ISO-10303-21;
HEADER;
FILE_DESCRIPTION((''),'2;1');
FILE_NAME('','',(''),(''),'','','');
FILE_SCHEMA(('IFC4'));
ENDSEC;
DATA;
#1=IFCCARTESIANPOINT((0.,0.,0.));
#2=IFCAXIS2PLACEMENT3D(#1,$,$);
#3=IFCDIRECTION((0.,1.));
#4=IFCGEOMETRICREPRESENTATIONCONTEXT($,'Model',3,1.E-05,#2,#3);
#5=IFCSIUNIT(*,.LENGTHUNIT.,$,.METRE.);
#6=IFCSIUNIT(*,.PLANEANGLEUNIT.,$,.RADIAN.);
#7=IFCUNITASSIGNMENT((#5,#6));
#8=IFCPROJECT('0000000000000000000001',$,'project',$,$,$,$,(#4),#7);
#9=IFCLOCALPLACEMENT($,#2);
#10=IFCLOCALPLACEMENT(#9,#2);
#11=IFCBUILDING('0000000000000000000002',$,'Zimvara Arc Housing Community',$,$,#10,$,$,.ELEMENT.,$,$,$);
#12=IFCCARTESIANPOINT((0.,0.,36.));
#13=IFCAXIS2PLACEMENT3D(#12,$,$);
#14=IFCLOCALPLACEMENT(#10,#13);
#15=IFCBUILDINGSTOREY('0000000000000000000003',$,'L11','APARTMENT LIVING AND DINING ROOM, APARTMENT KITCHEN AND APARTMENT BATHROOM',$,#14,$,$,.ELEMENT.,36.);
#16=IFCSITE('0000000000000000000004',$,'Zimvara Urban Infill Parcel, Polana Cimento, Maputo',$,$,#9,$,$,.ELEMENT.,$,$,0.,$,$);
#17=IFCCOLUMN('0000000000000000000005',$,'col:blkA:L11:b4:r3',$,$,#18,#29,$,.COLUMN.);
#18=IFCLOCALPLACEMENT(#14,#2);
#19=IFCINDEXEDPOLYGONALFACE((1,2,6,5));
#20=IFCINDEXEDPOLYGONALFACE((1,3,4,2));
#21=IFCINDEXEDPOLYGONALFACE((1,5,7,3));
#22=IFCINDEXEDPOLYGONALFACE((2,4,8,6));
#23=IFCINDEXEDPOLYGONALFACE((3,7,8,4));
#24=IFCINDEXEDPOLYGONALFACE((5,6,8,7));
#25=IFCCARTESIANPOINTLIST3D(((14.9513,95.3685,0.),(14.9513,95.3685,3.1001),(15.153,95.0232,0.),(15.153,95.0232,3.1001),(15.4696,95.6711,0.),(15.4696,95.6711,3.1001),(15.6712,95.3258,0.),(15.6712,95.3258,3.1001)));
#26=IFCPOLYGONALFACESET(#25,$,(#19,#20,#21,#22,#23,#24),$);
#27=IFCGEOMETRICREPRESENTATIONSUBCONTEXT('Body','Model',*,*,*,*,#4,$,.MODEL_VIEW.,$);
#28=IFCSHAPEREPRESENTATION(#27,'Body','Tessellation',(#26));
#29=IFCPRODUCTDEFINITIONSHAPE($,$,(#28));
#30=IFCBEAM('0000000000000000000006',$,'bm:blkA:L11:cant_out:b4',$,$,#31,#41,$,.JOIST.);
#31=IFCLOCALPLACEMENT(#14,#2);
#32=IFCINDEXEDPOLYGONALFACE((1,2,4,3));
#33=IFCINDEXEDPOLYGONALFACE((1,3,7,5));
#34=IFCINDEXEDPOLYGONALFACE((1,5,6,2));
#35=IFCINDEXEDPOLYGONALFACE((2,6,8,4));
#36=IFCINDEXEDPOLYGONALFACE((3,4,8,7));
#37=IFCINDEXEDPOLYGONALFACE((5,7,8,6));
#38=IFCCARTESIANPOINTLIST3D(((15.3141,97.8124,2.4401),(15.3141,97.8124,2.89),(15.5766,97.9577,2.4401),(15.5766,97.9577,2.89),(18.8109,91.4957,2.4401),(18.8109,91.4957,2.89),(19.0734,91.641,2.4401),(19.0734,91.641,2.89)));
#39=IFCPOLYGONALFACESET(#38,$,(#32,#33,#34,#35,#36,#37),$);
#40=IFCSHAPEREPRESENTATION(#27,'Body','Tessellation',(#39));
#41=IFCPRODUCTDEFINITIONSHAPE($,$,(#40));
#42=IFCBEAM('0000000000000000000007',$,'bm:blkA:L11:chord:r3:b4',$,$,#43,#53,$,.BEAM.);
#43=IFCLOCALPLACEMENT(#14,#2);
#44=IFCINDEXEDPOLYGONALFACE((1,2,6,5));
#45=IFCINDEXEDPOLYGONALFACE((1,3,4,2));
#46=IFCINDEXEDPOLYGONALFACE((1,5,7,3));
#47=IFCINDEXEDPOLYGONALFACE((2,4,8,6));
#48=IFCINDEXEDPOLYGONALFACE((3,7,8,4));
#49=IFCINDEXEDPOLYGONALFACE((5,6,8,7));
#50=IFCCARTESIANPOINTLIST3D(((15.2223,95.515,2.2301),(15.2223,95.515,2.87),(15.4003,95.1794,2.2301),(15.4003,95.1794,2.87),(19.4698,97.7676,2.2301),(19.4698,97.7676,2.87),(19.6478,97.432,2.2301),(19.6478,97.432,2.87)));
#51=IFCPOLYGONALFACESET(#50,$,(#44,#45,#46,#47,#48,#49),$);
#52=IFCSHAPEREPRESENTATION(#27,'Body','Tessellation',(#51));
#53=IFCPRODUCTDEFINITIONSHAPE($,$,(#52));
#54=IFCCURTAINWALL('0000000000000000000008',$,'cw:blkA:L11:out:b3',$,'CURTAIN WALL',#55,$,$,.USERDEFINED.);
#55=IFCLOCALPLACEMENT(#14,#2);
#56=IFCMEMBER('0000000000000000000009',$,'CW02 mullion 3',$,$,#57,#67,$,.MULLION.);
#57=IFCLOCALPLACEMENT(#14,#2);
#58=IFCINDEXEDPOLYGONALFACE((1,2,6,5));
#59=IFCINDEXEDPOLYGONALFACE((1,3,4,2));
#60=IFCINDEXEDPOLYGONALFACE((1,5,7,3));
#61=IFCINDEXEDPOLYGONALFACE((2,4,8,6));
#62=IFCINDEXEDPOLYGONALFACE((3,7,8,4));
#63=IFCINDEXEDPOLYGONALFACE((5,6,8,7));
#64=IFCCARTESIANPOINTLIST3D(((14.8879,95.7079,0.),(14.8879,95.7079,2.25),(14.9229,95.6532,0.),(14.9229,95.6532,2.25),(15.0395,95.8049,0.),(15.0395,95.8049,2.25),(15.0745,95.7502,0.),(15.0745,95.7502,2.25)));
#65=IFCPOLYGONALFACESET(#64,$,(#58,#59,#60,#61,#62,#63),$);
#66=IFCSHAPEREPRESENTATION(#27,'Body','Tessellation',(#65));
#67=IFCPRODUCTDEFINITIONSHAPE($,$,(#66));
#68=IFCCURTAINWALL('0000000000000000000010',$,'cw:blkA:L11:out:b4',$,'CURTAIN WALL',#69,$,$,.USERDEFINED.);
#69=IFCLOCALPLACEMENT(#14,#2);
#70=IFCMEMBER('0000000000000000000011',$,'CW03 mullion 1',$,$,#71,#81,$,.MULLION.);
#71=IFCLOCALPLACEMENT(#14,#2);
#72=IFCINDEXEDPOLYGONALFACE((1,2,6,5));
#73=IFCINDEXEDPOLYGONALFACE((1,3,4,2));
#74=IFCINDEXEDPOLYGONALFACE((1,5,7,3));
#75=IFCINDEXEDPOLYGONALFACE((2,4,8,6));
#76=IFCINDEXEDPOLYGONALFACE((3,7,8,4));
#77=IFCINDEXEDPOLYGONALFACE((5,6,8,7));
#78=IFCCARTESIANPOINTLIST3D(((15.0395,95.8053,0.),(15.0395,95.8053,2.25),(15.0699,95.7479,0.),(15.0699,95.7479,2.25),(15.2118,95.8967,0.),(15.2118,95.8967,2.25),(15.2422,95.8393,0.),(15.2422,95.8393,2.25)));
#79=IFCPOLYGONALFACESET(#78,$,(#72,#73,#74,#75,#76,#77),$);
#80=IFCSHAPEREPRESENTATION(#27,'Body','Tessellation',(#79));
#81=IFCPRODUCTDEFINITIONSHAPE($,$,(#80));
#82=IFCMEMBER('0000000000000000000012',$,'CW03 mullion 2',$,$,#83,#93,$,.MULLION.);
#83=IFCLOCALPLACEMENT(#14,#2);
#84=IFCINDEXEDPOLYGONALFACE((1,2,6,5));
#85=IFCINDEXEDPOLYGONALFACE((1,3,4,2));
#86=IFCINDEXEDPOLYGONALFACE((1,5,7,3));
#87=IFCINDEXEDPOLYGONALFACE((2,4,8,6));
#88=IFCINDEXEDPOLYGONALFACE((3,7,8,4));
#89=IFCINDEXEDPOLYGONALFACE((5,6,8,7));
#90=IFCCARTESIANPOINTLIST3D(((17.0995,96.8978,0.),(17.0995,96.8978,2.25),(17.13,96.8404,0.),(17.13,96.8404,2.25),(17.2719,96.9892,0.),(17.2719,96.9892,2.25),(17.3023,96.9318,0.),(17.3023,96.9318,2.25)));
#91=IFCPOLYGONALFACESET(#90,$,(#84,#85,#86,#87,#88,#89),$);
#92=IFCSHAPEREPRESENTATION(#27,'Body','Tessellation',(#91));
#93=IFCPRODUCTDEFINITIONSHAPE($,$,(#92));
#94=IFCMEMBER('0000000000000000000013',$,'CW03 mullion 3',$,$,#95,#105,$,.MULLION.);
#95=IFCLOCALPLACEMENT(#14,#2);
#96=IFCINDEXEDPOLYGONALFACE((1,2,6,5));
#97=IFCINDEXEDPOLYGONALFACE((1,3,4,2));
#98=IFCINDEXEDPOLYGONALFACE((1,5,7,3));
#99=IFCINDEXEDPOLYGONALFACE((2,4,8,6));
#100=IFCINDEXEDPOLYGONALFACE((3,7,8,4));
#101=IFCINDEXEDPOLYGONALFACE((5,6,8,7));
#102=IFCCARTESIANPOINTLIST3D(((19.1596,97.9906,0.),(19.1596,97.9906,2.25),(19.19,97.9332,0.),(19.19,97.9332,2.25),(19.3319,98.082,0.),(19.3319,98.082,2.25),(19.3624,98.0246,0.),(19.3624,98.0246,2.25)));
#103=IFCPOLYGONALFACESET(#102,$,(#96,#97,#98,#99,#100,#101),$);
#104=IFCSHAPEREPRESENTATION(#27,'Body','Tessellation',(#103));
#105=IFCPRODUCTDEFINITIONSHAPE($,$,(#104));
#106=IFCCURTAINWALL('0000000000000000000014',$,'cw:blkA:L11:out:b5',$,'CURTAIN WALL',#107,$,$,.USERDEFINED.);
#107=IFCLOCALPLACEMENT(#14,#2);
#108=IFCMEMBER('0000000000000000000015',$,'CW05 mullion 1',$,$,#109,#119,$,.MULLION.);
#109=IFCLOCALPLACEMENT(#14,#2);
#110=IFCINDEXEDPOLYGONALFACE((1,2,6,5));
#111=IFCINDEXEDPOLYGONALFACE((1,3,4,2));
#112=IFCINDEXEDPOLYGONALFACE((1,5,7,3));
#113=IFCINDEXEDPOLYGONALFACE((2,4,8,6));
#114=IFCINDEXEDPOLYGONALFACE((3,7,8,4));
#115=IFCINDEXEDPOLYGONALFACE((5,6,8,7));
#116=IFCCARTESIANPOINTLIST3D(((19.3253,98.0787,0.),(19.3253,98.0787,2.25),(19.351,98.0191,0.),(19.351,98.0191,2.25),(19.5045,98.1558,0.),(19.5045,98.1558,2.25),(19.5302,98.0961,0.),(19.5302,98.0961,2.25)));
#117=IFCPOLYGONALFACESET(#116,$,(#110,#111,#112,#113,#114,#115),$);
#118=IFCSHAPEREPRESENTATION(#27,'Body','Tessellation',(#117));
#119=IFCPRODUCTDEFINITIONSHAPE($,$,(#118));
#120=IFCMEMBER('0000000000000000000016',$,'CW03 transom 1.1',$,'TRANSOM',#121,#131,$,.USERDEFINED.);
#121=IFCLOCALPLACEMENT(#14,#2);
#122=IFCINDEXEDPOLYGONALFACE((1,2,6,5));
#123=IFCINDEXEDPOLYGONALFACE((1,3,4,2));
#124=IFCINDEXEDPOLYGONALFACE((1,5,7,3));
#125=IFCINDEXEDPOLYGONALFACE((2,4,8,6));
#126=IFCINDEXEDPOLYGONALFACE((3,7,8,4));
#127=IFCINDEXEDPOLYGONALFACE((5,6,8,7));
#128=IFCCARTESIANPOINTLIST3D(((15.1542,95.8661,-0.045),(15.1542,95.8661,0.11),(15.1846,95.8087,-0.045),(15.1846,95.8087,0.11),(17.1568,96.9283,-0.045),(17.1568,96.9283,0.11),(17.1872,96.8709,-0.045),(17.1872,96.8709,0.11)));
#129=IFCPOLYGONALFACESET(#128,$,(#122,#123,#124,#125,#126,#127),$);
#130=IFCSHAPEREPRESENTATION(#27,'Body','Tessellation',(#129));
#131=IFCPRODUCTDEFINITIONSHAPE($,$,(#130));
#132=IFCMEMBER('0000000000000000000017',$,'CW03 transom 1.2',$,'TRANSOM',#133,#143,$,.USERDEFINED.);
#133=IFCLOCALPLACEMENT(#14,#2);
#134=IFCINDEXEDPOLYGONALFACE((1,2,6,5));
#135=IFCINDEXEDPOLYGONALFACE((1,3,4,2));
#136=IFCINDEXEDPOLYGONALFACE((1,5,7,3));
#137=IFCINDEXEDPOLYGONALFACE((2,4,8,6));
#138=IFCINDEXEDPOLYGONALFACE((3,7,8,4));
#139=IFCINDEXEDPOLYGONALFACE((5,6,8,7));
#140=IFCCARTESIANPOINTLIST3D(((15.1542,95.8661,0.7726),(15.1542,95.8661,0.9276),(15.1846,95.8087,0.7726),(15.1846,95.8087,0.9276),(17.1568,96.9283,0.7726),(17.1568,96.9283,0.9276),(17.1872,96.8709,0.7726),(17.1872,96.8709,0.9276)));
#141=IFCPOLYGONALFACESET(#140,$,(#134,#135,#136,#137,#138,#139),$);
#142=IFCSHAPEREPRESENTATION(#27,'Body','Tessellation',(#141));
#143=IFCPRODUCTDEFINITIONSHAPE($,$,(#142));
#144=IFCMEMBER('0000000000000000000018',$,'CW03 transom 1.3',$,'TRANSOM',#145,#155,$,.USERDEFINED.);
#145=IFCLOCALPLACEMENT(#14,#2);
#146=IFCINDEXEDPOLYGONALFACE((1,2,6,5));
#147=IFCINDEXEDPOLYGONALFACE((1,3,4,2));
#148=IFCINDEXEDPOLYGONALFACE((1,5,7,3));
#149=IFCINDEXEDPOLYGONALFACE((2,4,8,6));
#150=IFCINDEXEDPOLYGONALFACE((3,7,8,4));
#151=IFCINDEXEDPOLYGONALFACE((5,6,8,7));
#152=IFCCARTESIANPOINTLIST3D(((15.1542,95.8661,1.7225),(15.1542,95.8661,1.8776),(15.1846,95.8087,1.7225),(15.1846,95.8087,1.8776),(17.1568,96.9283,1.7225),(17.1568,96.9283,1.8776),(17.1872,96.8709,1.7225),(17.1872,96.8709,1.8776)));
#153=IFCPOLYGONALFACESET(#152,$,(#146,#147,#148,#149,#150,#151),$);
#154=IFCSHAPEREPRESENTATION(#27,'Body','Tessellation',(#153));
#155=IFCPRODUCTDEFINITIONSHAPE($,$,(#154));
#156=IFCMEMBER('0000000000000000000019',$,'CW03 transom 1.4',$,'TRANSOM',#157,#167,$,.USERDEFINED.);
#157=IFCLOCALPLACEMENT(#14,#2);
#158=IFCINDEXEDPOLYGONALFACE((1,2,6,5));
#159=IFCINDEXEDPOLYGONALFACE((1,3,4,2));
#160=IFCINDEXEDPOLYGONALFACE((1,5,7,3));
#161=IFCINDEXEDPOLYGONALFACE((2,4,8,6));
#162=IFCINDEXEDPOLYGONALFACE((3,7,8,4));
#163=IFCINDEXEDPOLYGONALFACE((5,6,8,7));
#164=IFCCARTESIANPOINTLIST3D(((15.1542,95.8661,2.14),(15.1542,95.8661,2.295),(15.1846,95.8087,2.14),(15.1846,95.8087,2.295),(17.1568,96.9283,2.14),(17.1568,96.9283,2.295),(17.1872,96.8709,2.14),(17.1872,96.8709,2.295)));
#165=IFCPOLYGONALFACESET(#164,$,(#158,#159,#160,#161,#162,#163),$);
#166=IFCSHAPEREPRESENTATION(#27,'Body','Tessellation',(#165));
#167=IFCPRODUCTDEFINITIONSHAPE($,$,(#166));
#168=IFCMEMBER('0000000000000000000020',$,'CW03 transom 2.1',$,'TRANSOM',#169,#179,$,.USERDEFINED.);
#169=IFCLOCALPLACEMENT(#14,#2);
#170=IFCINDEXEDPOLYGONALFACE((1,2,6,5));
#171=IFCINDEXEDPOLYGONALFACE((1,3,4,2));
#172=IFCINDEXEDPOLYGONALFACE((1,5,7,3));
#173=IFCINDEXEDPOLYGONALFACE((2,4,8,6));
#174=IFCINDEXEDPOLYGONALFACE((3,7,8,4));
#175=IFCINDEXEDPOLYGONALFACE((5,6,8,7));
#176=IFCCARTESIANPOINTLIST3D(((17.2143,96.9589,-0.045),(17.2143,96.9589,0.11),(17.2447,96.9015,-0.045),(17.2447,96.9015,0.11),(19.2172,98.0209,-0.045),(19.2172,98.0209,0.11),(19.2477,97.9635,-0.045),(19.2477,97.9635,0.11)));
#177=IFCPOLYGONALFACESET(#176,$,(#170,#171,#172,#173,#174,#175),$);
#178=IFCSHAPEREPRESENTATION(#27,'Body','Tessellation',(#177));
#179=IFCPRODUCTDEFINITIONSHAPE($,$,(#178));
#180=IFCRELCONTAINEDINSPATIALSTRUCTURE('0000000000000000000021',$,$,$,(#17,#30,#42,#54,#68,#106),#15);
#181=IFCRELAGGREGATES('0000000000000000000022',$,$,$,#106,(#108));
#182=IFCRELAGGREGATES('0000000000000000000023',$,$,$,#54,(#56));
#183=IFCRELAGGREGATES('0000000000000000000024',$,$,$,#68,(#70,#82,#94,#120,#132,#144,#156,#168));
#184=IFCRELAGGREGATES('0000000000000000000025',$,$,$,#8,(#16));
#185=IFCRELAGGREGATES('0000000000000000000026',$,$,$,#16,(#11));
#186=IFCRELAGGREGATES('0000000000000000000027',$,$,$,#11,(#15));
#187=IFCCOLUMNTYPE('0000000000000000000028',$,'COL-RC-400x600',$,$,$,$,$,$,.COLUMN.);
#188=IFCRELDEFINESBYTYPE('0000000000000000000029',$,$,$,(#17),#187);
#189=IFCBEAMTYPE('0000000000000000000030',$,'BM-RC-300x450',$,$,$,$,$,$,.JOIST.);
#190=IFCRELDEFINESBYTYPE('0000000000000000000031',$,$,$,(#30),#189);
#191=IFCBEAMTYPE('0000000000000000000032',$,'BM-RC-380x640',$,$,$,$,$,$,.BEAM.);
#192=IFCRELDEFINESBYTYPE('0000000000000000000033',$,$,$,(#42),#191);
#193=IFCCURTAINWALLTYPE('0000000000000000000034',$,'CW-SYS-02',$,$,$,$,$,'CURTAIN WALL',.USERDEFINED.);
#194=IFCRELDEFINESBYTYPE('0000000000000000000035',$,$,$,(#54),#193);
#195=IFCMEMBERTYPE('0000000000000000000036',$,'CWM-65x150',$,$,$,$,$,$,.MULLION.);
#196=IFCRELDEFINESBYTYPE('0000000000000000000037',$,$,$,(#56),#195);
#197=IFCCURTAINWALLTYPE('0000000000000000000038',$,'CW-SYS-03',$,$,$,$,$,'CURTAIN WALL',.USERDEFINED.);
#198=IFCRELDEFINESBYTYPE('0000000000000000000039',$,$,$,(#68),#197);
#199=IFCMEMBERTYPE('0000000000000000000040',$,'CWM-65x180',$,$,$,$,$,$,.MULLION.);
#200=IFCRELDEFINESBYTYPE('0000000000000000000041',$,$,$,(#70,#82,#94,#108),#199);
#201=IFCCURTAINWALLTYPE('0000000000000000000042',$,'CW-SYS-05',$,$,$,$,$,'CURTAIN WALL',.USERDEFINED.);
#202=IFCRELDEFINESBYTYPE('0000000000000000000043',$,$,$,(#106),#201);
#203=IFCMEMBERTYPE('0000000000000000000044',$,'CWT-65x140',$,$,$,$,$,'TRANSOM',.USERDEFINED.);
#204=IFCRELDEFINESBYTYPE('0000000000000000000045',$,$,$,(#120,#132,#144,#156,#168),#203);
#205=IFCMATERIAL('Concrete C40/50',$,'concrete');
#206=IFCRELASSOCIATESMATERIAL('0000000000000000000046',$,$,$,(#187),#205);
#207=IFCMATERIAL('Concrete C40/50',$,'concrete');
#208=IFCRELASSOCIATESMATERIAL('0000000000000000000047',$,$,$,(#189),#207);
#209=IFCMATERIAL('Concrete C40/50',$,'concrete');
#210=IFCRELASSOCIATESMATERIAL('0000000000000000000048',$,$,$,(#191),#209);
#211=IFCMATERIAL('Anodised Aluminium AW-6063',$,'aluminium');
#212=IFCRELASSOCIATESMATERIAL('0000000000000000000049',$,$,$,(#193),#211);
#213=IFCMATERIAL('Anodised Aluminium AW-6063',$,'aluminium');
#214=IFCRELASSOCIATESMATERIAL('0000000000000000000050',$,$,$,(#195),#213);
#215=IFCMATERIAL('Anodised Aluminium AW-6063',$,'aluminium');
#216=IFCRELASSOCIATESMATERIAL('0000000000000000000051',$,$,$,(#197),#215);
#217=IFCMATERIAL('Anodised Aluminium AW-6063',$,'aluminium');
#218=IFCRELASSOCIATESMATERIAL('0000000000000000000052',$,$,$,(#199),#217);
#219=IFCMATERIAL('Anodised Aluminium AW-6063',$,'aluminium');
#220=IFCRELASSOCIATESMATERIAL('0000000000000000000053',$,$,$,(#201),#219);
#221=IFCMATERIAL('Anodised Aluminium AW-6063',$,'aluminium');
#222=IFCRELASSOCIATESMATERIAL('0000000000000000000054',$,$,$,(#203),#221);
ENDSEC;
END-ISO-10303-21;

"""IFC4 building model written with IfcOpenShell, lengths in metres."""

from ifc_helpers import new_model, si_unit, direction, frame, origin, origin_2d, place, context, subcontext, project, spatial, rectangle, extrude, material, material_profile, profile_set, type_object, element, aggregate, save


model = new_model("IFC4")

# Units and contexts
model_context = context("Model", 3, precision=1e-05, world=origin(), true_north=direction((0.0, 1.0)))
body_context = subcontext(model_context, "Body", "Model", "MODEL_VIEW")
ifc_project = project(units=[si_unit("LENGTHUNIT", "METRE"), si_unit("PLANEANGLEUNIT", "RADIAN")], contexts=[model_context])

# Site, building, storey
site_placement = place(None, origin())
site = spatial("IfcSite", under=ifc_project, at=site_placement, Name="Zimvara Urban Infill Parcel, Polana Cimento, Maputo", CompositionType="ELEMENT", RefElevation=0.0)
building_placement = place(site_placement, origin())
building = spatial("IfcBuilding", under=site, at=building_placement, Name="Zimvara Arc Housing Community", CompositionType="ELEMENT")
storey_placement = place(building_placement, frame((0.0, 0.0, 36.0)))
storey = spatial("IfcBuildingStorey", under=building, at=storey_placement, Name="L11", Description="APARTMENT LIVING AND DINING ROOM, APARTMENT KITCHEN AND APARTMENT BATHROOM", CompositionType="ELEMENT", Elevation=36.0)

# Column
ifc_material_1 = material(Name="Concrete C40/50", Category="concrete")
ifc_material_profile_1 = material_profile(ifc_material_1, rectangle(XDim=0.3999, YDim=0.6001, at=origin_2d()), Name="RC 400x600")
ifc_profile_set_1 = profile_set([ifc_material_profile_1], Name="Concrete C40/50")
column_type = type_object("IfcColumnType", Name="COL-RC-400x600", PredefinedType="COLUMN", material=ifc_profile_set_1)
column_placement = place(storey_placement, frame((15.3113, 95.3472, 0.0), z_axis=(0.0, 0.0, 1.0), x_axis=(-0.504226, 0.863572, 0.0)))
element("IfcColumn", 1, at=column_placement, inside=storey, type_object=column_type, Name="col:blkA:L11:b4:r3", PredefinedType="COLUMN", context=body_context, shape_type="SweptSolid", body=[
    extrude(rectangle(XDim=0.3999, YDim=0.6001, at=origin_2d()), origin(), (0.0, 0.0, 1.0), 3.1001),
])

# Beams
ifc_material_2 = material(Name="Concrete C40/50", Category="concrete")
ifc_material_profile_2 = material_profile(ifc_material_2, rectangle(XDim=0.3, YDim=0.45, at=origin_2d()), Name="RC 300x450")
ifc_profile_set_2 = profile_set([ifc_material_profile_2], Name="Concrete C40/50")
beam_type_1 = type_object("IfcBeamType", Name="BM-RC-300x450", PredefinedType="JOIST", material=ifc_profile_set_2)
beam_1_placement = place(storey_placement, frame((18.9421, 91.5684, 2.665), z_axis=(-0.484327, 0.874887, 0.0), x_axis=(-0.874887, -0.484327, 0.0)))
element("IfcBeam", 2, at=beam_1_placement, inside=storey, type_object=beam_type_1, Name="bm:blkA:L11:cant_out:b4", PredefinedType="JOIST", context=body_context, shape_type="SweptSolid", body=[
    extrude(rectangle(XDim=0.3, YDim=0.45, at=origin_2d()), origin(), (0.0, 0.0, 1.0), 7.22),
])
ifc_material_3 = material(Name="Concrete C40/50", Category="concrete")
ifc_material_profile_3 = material_profile(ifc_material_3, rectangle(XDim=0.3799, YDim=0.6399, at=origin_2d()), Name="RC 380x640")
ifc_profile_set_3 = profile_set([ifc_material_profile_3], Name="Concrete C40/50")
beam_type_2 = type_object("IfcBeamType", Name="BM-RC-380x640", PredefinedType="BEAM", material=ifc_profile_set_3)
beam_2_placement = place(storey_placement, frame((15.3113, 95.3472, 2.55), z_axis=(0.883446, 0.468534, 0.0), x_axis=(-0.468534, 0.883446, 0.0)))
element("IfcBeam", 3, at=beam_2_placement, inside=storey, type_object=beam_type_2, Name="bm:blkA:L11:chord:r3:b4", PredefinedType="BEAM", context=body_context, shape_type="SweptSolid", body=[
    extrude(rectangle(XDim=0.3799, YDim=0.6399, at=origin_2d()), origin(), (0.0, 0.0, 1.0), 4.8079),
])

# Curtain wall, member
ifc_material_4 = material(Name="Anodised Aluminium AW-6063", Category="aluminium")
curtain_wall_type_1 = type_object("IfcCurtainWallType", Name="CW-SYS-02", ElementType="CURTAIN WALL", PredefinedType="USERDEFINED", material=ifc_material_4)
curtain_wall_1_placement = place(storey_placement, origin())
curtain_wall_1 = element("IfcCurtainWall", 4, at=curtain_wall_1_placement, inside=storey, type_object=curtain_wall_type_1, Name="cw:blkA:L11:out:b3", ObjectType="CURTAIN WALL", PredefinedType="USERDEFINED")
ifc_material_5 = material(Name="Anodised Aluminium AW-6063", Category="aluminium")
ifc_material_profile_4 = material_profile(ifc_material_5, rectangle(XDim=0.0649, YDim=0.1799, at=origin_2d()), Name="ALU 65x180")
ifc_profile_set_4 = profile_set([ifc_material_profile_4], Name="Anodised Aluminium AW-6063")
member_type_1 = type_object("IfcMemberType", Name="CWM-65x150", PredefinedType="MULLION", material=ifc_profile_set_4)
member_1_placement = place(storey_placement, frame((14.9812, 95.729, 0.0), z_axis=(0.0, 0.0, 1.0), x_axis=(-0.539065, 0.842264, 0.0)))
member_1 = element("IfcMember", 5, at=member_1_placement, type_object=member_type_1, Name="CW02 mullion 3", PredefinedType="MULLION", context=body_context, shape_type="SweptSolid", body=[
    extrude(rectangle(XDim=0.0649, YDim=0.1799, at=origin_2d()), origin(), (0.0, 0.0, 1.0), 2.25),
])

# Curtain wall, members
ifc_material_6 = material(Name="Anodised Aluminium AW-6063", Category="aluminium")
curtain_wall_type_2 = type_object("IfcCurtainWallType", Name="CW-SYS-03", ElementType="CURTAIN WALL", PredefinedType="USERDEFINED", material=ifc_material_6)
curtain_wall_2_placement = place(storey_placement, origin())
curtain_wall_2 = element("IfcCurtainWall", 6, at=curtain_wall_2_placement, inside=storey, type_object=curtain_wall_type_2, Name="cw:blkA:L11:out:b4", ObjectType="CURTAIN WALL", PredefinedType="USERDEFINED")
ifc_material_7 = material(Name="Anodised Aluminium AW-6063", Category="aluminium")
ifc_material_profile_5 = material_profile(ifc_material_7, rectangle(XDim=0.0649, YDim=0.1951, at=origin_2d()), Name="ALU 65x195")
ifc_profile_set_5 = profile_set([ifc_material_profile_5], Name="Anodised Aluminium AW-6063")
member_type_2 = type_object("IfcMemberType", Name="CWM-65x180", PredefinedType="MULLION", material=ifc_profile_set_5)
member_2_placement = place(storey_placement, frame((15.1409, 95.8223, 0.0), z_axis=(0.0, 0.0, 1.0), x_axis=(-0.468547, 0.883439, 0.0)))
member_2 = element("IfcMember", 7, at=member_2_placement, type_object=member_type_2, Name="CW03 mullion 1", PredefinedType="MULLION", context=body_context, shape_type="SweptSolid", body=[
    extrude(rectangle(XDim=0.0649, YDim=0.1951, at=origin_2d()), origin(), (0.0, 0.0, 1.0), 2.25),
])
member_3_placement = place(storey_placement, frame((17.2009, 96.9148, 0.0), z_axis=(0.0, 0.0, 1.0), x_axis=(-0.468547, 0.883439, 0.0)))
member_3 = element("IfcMember", 8, at=member_3_placement, type_object=member_type_2, Name="CW03 mullion 2", PredefinedType="MULLION", context=body_context, shape_type="SweptSolid", body=[
    extrude(rectangle(XDim=0.0649, YDim=0.1951, at=origin_2d()), origin(), (0.0, 0.0, 1.0), 2.25),
])
member_4_placement = place(storey_placement, frame((19.261, 98.0076, 0.0), z_axis=(0.0, 0.0, 1.0), x_axis=(-0.468547, 0.883439, 0.0)))
member_4 = element("IfcMember", 9, at=member_4_placement, type_object=member_type_2, Name="CW03 mullion 3", PredefinedType="MULLION", context=body_context, shape_type="SweptSolid", body=[
    extrude(rectangle(XDim=0.0649, YDim=0.1951, at=origin_2d()), origin(), (0.0, 0.0, 1.0), 2.25),
])

# Curtain wall, member
ifc_material_8 = material(Name="Anodised Aluminium AW-6063", Category="aluminium")
curtain_wall_type_3 = type_object("IfcCurtainWallType", Name="CW-SYS-05", ElementType="CURTAIN WALL", PredefinedType="USERDEFINED", material=ifc_material_8)
curtain_wall_3_placement = place(storey_placement, origin())
curtain_wall_3 = element("IfcCurtainWall", 10, at=curtain_wall_3_placement, inside=storey, type_object=curtain_wall_type_3, Name="cw:blkA:L11:out:b5", ObjectType="CURTAIN WALL", PredefinedType="USERDEFINED")
member_5_placement = place(storey_placement, frame((19.4277, 98.0874, 0.0), z_axis=(0.0, 0.0, 1.0), x_axis=(-0.394904, 0.918722, 0.0)))
member_5 = element("IfcMember", 11, at=member_5_placement, type_object=member_type_2, Name="CW05 mullion 1", PredefinedType="MULLION", context=body_context, shape_type="SweptSolid", body=[
    extrude(rectangle(XDim=0.0649, YDim=0.1951, at=origin_2d()), origin(), (0.0, 0.0, 1.0), 2.25),
])
aggregate(curtain_wall_3, [member_5])

# Members
ifc_material_9 = material(Name="Anodised Aluminium AW-6063", Category="aluminium")
ifc_material_profile_6 = material_profile(ifc_material_9, rectangle(XDim=0.0649, YDim=0.155, at=origin_2d()), Name="ALU 65x155")
ifc_profile_set_6 = profile_set([ifc_material_profile_6], Name="Anodised Aluminium AW-6063")
member_type_3 = type_object("IfcMemberType", Name="CWT-65x140", ElementType="TRANSOM", PredefinedType="USERDEFINED", material=ifc_profile_set_6)
member_6_placement = place(storey_placement, frame((15.1694, 95.8374, 0.0325), z_axis=(0.883421, 0.46858, 0.0), x_axis=(-0.46858, 0.883421, 0.0)))
member_6 = element("IfcMember", 12, at=member_6_placement, type_object=member_type_3, Name="CW03 transom 1.1", ObjectType="TRANSOM", PredefinedType="USERDEFINED", context=body_context, shape_type="SweptSolid", body=[
    extrude(rectangle(XDim=0.0649, YDim=0.155, at=origin_2d()), origin(), (0.0, 0.0, 1.0), 2.2668),
])
member_7_placement = place(storey_placement, frame((15.1694, 95.8374, 0.8501), z_axis=(0.883421, 0.46858, 0.0), x_axis=(-0.46858, 0.883421, 0.0)))
member_7 = element("IfcMember", 13, at=member_7_placement, type_object=member_type_3, Name="CW03 transom 1.2", ObjectType="TRANSOM", PredefinedType="USERDEFINED", context=body_context, shape_type="SweptSolid", body=[
    extrude(rectangle(XDim=0.0649, YDim=0.155, at=origin_2d()), origin(), (0.0, 0.0, 1.0), 2.2668),
])
member_8_placement = place(storey_placement, frame((15.1694, 95.8374, 1.8), z_axis=(0.883421, 0.46858, 0.0), x_axis=(-0.46858, 0.883421, 0.0)))
member_8 = element("IfcMember", 14, at=member_8_placement, type_object=member_type_3, Name="CW03 transom 1.3", ObjectType="TRANSOM", PredefinedType="USERDEFINED", context=body_context, shape_type="SweptSolid", body=[
    extrude(rectangle(XDim=0.0649, YDim=0.155, at=origin_2d()), origin(), (0.0, 0.0, 1.0), 2.2668),
])
member_9_placement = place(storey_placement, frame((15.1694, 95.8374, 2.2175), z_axis=(0.883421, 0.46858, 0.0), x_axis=(-0.46858, 0.883421, 0.0)))
member_9 = element("IfcMember", 15, at=member_9_placement, type_object=member_type_3, Name="CW03 transom 1.4", ObjectType="TRANSOM", PredefinedType="USERDEFINED", context=body_context, shape_type="SweptSolid", body=[
    extrude(rectangle(XDim=0.0649, YDim=0.155, at=origin_2d()), origin(), (0.0, 0.0, 1.0), 2.2668),
])
member_10_placement = place(storey_placement, frame((17.2295, 96.9302, 0.0325), z_axis=(0.883489, 0.468452, 0.0), x_axis=(-0.468452, 0.883489, 0.0)))
member_10 = element("IfcMember", 16, at=member_10_placement, type_object=member_type_3, Name="CW03 transom 2.1", ObjectType="TRANSOM", PredefinedType="USERDEFINED", context=body_context, shape_type="SweptSolid", body=[
    extrude(rectangle(XDim=0.0649, YDim=0.155, at=origin_2d()), origin(), (0.0, 0.0, 1.0), 2.2671),
])

aggregate(curtain_wall_1, [member_1])
aggregate(curtain_wall_2, [member_2, member_3, member_4, member_6, member_7, member_8, member_9, member_10])

save(model, "model.ifc")
